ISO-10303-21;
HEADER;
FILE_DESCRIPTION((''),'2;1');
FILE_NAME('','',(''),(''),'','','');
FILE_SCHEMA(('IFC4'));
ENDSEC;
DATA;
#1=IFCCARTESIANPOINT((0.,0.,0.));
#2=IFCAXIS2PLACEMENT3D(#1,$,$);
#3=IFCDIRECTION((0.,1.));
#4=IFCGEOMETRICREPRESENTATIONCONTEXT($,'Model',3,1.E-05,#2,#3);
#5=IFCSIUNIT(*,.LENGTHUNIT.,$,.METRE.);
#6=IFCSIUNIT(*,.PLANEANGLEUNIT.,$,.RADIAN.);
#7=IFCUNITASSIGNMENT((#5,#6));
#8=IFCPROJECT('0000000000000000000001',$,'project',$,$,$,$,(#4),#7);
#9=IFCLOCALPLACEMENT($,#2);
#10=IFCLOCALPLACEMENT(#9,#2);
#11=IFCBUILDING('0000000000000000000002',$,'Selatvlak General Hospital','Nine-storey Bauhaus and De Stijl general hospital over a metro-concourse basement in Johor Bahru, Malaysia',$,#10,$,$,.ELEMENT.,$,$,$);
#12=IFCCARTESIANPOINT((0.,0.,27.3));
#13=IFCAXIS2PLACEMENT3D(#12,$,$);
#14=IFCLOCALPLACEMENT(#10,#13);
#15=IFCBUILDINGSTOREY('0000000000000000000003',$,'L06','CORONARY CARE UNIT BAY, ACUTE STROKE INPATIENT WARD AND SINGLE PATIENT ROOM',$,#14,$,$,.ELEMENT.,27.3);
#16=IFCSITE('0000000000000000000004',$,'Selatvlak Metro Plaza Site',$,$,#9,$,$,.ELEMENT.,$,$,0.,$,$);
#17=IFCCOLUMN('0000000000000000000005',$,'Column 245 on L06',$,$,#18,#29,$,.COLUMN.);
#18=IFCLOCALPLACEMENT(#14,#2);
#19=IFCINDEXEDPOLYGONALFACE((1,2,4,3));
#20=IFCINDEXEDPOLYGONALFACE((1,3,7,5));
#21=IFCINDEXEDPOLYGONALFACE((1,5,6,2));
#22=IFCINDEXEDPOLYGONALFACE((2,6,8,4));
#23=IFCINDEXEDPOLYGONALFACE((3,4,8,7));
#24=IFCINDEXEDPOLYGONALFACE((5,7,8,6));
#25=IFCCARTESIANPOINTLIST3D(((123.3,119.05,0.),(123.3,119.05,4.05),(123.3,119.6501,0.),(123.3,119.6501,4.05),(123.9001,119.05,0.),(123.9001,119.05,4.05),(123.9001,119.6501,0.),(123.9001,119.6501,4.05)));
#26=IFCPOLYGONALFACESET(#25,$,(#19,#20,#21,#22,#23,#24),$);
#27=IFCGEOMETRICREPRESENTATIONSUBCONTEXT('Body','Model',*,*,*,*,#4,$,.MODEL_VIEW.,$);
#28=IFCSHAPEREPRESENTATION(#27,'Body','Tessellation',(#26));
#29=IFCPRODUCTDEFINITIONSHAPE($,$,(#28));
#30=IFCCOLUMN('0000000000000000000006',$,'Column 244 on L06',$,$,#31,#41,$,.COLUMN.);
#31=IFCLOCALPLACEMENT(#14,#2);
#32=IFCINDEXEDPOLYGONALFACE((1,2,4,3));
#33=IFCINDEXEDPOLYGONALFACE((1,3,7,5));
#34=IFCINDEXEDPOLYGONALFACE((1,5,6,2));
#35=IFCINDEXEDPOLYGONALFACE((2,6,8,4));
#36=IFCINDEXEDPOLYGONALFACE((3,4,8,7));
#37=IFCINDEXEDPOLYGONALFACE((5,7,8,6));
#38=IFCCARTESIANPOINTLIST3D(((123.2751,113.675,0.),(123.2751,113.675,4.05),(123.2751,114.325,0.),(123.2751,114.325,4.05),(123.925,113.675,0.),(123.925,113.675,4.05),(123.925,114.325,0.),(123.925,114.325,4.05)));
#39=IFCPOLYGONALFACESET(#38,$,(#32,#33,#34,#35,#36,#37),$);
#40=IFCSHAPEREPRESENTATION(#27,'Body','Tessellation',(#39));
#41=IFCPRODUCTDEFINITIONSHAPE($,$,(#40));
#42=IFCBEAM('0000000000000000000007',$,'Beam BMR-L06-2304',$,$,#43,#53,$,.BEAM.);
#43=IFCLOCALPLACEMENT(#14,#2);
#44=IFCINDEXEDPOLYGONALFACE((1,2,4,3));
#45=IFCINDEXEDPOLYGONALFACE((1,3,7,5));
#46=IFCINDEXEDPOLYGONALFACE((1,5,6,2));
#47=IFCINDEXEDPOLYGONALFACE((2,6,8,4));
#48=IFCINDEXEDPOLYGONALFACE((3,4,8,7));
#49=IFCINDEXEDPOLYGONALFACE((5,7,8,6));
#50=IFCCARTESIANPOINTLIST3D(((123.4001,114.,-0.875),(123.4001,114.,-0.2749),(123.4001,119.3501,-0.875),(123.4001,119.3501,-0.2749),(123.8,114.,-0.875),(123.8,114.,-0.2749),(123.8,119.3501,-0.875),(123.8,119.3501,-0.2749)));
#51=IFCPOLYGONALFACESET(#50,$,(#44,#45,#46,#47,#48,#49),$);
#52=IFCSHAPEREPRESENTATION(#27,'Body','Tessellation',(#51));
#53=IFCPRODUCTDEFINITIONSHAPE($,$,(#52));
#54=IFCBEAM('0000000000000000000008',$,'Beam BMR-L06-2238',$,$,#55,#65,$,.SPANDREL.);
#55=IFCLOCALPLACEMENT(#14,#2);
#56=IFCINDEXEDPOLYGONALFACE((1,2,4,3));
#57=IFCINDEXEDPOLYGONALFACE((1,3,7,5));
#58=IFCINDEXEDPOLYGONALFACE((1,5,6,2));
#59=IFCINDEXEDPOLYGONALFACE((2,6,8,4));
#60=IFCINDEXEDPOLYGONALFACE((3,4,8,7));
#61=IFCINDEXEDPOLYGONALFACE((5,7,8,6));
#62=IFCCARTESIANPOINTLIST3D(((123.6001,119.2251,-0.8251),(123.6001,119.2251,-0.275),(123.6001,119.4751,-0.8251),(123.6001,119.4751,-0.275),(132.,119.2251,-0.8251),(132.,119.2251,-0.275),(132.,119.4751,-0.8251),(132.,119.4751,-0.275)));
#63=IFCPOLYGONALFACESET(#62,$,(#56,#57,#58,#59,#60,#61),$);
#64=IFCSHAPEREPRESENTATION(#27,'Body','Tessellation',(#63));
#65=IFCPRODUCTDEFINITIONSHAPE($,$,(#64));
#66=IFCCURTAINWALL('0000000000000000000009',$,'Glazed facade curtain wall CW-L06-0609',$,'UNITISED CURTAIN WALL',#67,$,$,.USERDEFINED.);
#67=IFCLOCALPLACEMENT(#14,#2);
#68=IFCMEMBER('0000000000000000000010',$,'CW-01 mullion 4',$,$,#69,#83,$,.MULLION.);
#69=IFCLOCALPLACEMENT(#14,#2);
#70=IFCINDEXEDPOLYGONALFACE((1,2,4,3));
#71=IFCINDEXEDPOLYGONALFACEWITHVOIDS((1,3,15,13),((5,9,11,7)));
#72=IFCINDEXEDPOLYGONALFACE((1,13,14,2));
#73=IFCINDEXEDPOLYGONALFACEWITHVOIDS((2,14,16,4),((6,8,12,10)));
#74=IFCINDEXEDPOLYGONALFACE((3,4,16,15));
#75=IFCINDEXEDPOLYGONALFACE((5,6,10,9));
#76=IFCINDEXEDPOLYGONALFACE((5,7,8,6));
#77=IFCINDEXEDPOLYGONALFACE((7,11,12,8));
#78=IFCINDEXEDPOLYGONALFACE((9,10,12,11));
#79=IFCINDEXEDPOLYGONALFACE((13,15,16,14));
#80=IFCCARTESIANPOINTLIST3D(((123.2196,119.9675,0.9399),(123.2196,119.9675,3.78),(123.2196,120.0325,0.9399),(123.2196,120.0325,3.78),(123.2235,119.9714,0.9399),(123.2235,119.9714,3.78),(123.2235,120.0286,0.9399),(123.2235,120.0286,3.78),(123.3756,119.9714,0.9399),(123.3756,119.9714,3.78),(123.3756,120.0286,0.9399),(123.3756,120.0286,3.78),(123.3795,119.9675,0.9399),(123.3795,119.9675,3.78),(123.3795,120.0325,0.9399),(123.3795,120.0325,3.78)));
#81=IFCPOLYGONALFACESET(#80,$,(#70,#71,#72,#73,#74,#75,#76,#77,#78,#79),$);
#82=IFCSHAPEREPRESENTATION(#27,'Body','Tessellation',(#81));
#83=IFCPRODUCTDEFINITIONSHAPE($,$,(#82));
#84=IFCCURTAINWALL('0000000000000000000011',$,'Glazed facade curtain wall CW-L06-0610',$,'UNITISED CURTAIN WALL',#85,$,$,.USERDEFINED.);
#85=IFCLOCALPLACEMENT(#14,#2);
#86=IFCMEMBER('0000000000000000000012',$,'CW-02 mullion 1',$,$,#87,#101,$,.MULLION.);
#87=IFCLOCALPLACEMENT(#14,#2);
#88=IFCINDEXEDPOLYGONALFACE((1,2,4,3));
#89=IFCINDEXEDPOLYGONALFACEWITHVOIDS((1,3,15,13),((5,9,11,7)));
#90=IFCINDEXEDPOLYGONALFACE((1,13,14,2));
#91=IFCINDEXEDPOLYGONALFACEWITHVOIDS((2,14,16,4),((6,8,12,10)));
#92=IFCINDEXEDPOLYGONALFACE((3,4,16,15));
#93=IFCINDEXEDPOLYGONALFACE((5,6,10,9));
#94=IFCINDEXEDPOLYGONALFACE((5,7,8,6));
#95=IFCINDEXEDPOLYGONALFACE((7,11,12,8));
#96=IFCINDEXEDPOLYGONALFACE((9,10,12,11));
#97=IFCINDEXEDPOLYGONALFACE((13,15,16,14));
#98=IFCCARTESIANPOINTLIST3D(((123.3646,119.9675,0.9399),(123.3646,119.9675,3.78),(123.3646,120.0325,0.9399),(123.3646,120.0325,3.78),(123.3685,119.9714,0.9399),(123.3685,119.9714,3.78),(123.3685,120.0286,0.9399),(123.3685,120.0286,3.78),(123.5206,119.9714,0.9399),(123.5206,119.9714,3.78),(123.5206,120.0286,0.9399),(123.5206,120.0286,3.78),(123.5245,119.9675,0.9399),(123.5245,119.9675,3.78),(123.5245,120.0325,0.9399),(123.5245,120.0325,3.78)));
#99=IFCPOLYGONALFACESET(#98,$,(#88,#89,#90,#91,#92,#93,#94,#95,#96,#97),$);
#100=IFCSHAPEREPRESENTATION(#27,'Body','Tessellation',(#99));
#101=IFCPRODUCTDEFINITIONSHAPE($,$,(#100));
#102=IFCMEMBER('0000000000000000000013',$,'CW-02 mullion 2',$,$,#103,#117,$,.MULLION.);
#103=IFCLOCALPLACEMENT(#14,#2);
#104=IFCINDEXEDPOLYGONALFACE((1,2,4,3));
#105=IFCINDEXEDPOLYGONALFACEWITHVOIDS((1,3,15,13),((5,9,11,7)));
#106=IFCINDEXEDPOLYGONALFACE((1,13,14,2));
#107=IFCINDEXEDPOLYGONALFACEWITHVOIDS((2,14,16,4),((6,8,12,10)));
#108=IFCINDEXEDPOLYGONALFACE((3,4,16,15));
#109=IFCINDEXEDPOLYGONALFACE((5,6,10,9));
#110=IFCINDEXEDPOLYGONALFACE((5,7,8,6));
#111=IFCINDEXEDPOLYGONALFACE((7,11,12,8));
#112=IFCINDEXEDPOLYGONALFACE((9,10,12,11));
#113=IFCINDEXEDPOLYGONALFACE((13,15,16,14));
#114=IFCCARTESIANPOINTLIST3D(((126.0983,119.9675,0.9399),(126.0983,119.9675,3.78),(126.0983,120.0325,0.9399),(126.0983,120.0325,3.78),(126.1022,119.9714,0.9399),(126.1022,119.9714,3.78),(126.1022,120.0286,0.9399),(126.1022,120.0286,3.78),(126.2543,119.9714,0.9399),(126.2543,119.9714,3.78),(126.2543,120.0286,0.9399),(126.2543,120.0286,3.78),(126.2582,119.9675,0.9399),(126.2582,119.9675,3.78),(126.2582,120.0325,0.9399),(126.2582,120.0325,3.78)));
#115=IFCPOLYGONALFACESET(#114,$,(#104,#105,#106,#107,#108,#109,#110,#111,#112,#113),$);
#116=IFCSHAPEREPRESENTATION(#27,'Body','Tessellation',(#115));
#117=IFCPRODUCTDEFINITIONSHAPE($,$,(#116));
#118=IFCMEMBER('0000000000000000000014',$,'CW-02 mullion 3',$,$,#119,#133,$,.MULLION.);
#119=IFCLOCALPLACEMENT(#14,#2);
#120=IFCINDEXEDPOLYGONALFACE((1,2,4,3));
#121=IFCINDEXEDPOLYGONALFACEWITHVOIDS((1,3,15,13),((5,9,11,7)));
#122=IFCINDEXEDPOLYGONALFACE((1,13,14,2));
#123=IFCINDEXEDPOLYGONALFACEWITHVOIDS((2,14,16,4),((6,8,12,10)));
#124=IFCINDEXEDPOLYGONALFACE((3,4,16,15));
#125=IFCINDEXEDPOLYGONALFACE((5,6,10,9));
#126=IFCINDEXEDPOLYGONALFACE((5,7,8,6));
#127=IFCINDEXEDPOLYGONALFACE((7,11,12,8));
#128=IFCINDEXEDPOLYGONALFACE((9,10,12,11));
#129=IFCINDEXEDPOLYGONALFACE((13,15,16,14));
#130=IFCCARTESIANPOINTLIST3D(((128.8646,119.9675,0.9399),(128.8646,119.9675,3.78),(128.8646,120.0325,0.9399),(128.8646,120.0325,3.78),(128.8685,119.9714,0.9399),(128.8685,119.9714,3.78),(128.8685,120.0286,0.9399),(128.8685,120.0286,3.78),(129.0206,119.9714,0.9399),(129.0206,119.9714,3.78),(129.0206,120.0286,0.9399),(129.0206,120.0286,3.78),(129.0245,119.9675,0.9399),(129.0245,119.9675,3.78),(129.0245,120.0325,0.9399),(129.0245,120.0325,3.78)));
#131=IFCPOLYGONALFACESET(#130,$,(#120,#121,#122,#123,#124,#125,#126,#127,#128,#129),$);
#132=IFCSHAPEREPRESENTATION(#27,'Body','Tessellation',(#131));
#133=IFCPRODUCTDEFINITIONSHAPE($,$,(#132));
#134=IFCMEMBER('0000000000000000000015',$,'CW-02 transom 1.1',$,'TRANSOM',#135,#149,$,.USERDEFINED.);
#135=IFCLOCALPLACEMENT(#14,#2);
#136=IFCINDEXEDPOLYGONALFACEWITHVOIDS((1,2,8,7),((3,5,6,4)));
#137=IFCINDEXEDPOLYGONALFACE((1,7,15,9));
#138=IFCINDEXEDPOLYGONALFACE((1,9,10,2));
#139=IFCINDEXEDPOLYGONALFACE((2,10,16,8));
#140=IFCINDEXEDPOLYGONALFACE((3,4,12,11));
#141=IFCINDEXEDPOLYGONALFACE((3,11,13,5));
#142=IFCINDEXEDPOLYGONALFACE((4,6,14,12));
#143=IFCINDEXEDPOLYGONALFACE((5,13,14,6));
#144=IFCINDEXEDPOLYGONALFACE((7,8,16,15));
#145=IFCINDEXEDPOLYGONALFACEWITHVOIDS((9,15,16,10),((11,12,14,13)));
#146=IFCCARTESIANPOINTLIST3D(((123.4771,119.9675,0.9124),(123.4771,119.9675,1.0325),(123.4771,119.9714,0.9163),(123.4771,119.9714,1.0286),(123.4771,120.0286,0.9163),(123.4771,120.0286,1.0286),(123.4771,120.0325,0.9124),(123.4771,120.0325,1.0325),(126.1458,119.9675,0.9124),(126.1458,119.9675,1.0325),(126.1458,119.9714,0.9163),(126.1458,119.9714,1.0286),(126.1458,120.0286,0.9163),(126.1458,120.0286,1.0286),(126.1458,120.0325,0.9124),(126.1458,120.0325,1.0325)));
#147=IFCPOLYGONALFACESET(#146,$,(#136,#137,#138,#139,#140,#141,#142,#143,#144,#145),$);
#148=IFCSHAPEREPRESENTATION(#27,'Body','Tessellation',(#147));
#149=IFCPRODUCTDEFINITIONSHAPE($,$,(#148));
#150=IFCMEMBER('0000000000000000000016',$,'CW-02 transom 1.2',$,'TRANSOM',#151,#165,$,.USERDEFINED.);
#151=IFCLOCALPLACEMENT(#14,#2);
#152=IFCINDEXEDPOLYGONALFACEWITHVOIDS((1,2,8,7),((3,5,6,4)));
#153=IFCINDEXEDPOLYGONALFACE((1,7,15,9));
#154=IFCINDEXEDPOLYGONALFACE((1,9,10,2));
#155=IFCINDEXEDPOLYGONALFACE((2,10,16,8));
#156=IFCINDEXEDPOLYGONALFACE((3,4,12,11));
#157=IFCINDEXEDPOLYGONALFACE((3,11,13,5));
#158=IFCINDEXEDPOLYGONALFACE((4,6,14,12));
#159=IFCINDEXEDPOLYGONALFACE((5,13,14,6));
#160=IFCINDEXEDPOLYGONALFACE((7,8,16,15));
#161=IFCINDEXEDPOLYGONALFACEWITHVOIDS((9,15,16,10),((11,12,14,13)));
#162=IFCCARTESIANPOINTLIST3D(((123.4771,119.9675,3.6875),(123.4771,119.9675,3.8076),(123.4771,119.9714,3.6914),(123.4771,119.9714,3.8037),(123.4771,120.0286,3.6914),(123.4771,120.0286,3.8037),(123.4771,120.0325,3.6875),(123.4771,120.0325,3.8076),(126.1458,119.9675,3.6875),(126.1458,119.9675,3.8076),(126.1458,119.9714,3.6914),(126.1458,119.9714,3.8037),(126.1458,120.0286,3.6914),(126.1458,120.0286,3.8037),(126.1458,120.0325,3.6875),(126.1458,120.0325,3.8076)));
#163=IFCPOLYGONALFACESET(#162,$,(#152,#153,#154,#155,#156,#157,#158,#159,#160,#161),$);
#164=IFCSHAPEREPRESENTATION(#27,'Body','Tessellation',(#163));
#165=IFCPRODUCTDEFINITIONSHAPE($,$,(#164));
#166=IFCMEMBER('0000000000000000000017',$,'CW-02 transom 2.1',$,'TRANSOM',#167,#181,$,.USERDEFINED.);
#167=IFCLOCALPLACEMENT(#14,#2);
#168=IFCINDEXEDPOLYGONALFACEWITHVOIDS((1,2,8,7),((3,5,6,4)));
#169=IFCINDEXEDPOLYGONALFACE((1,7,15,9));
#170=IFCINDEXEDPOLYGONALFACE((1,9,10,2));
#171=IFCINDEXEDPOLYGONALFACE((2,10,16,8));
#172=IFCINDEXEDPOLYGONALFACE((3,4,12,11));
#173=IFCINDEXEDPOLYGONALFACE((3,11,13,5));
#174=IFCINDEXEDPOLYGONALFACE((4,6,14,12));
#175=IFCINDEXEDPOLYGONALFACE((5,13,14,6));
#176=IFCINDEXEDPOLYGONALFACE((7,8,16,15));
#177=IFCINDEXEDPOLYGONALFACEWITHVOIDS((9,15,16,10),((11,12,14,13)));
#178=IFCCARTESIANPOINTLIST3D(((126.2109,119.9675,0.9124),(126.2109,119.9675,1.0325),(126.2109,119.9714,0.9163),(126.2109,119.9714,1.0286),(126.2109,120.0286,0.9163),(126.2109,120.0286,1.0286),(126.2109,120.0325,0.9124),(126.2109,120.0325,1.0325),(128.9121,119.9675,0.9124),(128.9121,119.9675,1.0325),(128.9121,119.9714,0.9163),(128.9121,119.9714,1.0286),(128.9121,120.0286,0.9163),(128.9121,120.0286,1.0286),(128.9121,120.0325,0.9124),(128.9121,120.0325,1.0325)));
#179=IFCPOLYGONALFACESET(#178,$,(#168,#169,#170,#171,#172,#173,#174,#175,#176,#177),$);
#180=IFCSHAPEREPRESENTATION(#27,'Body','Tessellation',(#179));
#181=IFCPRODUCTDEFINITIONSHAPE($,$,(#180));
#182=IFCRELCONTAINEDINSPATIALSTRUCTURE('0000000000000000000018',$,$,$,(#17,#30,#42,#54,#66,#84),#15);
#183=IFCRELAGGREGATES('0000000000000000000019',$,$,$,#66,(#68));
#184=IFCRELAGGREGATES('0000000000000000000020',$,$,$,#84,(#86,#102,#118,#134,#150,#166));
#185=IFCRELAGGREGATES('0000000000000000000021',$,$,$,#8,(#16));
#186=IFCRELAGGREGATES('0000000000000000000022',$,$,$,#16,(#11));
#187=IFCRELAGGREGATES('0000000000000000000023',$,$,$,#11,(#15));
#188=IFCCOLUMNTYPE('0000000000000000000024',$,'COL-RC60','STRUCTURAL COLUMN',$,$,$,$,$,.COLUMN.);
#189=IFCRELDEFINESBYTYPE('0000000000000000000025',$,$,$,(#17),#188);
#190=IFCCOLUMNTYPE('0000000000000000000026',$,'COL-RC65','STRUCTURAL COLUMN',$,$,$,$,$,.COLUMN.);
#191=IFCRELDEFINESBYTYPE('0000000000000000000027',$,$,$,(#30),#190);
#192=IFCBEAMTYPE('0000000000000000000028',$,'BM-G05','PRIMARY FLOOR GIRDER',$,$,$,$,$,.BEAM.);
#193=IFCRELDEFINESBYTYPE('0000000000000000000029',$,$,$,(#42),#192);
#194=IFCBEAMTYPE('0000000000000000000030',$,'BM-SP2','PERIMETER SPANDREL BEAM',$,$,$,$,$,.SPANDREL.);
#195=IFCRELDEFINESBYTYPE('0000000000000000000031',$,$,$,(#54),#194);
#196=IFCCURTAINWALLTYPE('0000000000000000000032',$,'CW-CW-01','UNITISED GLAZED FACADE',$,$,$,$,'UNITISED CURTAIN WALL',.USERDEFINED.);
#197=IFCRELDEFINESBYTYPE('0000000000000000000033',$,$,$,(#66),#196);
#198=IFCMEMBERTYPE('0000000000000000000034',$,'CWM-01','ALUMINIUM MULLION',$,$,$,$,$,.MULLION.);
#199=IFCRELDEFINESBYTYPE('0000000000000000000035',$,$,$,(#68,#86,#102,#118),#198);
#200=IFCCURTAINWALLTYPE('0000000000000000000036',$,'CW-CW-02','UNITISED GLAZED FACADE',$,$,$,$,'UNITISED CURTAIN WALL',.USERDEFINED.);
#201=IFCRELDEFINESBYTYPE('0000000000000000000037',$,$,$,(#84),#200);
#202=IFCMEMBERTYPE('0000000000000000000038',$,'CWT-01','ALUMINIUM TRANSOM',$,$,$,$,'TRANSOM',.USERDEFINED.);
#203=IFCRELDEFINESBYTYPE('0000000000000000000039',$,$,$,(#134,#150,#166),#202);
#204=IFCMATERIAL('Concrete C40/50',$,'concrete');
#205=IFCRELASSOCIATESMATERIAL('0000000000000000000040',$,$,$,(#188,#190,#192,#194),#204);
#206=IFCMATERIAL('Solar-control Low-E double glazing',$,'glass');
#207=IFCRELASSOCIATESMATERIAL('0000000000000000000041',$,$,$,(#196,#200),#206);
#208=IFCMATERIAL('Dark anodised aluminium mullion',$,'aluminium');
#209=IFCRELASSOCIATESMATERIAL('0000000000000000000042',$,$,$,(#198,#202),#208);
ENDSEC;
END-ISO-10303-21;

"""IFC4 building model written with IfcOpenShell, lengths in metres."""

from ifc_helpers import new_model, si_unit, direction, frame, origin, origin_2d, place, context, subcontext, project, spatial, rectangle, hollow_rectangle, extrude, material, material_profile, profile_set, type_object, element, aggregate, save


model = new_model("IFC4")

# Units and contexts
model_context = context("Model", 3, precision=1e-05, world=origin(), true_north=direction((0.0, 1.0)))
body_context = subcontext(model_context, "Body", "Model", "MODEL_VIEW")
ifc_project = project(units=[si_unit("LENGTHUNIT", "METRE"), si_unit("PLANEANGLEUNIT", "RADIAN")], contexts=[model_context])

# Site, building, storey
site_placement = place(None, origin())
site = spatial("IfcSite", under=ifc_project, at=site_placement, Name="Selatvlak Metro Plaza Site", CompositionType="ELEMENT", RefElevation=0.0)
building_placement = place(site_placement, origin())
building = spatial("IfcBuilding", under=site, at=building_placement, Name="Selatvlak General Hospital", Description="Nine-storey Bauhaus and De Stijl general hospital over a metro-concourse basement in Johor Bahru, Malaysia", CompositionType="ELEMENT")
storey_placement = place(building_placement, frame((0.0, 0.0, 27.3)))
storey = spatial("IfcBuildingStorey", under=building, at=storey_placement, Name="L06", Description="CORONARY CARE UNIT BAY, ACUTE STROKE INPATIENT WARD AND SINGLE PATIENT ROOM", CompositionType="ELEMENT", Elevation=27.3)

# Columns
ifc_material_1 = material(Name="Concrete C40/50", Category="concrete")
ifc_material_profile_1 = material_profile(ifc_material_1, rectangle(XDim=0.6001, YDim=0.6001, at=origin_2d()), Name="RC-COL 600x600")
ifc_profile_set_1 = profile_set([ifc_material_profile_1], Name="Concrete C40/50")
column_type_1 = type_object("IfcColumnType", Name="COL-RC60", Description="STRUCTURAL COLUMN", PredefinedType="COLUMN", material=ifc_profile_set_1)
column_1_placement = place(storey_placement, frame((123.6001, 119.3501, 0.0), z_axis=(0.0, 0.0, 1.0), x_axis=(1.0, 0.0, 0.0)))
element("IfcColumn", 1, at=column_1_placement, inside=storey, type_object=column_type_1, Name="Column 245 on L06", PredefinedType="COLUMN", context=body_context, shape_type="SweptSolid", body=[
    extrude(rectangle(XDim=0.6001, YDim=0.6001, at=origin_2d()), origin(), (0.0, 0.0, 1.0), 4.05),
])
ifc_material_profile_2 = material_profile(ifc_material_1, rectangle(XDim=0.6499, YDim=0.6499, at=origin_2d()), Name="RC-COL 650x650")
ifc_profile_set_2 = profile_set([ifc_material_profile_2], Name="Concrete C40/50")
column_type_2 = type_object("IfcColumnType", Name="COL-RC65", Description="STRUCTURAL COLUMN", PredefinedType="COLUMN", material=ifc_profile_set_2)
column_2_placement = place(storey_placement, frame((123.6001, 114.0, 0.0), z_axis=(0.0, 0.0, 1.0), x_axis=(1.0, 0.0, 0.0)))
element("IfcColumn", 2, at=column_2_placement, inside=storey, type_object=column_type_2, Name="Column 244 on L06", PredefinedType="COLUMN", context=body_context, shape_type="SweptSolid", body=[
    extrude(rectangle(XDim=0.6499, YDim=0.6499, at=origin_2d()), origin(), (0.0, 0.0, 1.0), 4.05),
])

# Beams
ifc_material_profile_3 = material_profile(ifc_material_1, rectangle(XDim=0.3999, YDim=0.6001, at=origin_2d()), Name="RC-BM 400x600")
ifc_profile_set_3 = profile_set([ifc_material_profile_3], Name="Concrete C40/50")
beam_type_1 = type_object("IfcBeamType", Name="BM-G05", Description="PRIMARY FLOOR GIRDER", PredefinedType="BEAM", material=ifc_profile_set_3)
beam_1_placement = place(storey_placement, frame((123.6001, 114.0, -0.575), z_axis=(0.0, 1.0, 0.0), x_axis=(-1.0, 0.0, 0.0)))
element("IfcBeam", 3, at=beam_1_placement, inside=storey, type_object=beam_type_1, Name="Beam BMR-L06-2304", PredefinedType="BEAM", context=body_context, shape_type="SweptSolid", body=[
    extrude(rectangle(XDim=0.3999, YDim=0.6001, at=origin_2d()), origin(), (0.0, 0.0, 1.0), 5.3501),
])
ifc_material_profile_4 = material_profile(ifc_material_1, rectangle(XDim=0.25, YDim=0.55, at=origin_2d()), Name="RC-SP 250x550")
ifc_profile_set_4 = profile_set([ifc_material_profile_4], Name="Concrete C40/50")
beam_type_2 = type_object("IfcBeamType", Name="BM-SP2", Description="PERIMETER SPANDREL BEAM", PredefinedType="SPANDREL", material=ifc_profile_set_4)
beam_2_placement = place(storey_placement, frame((123.6001, 119.3501, -0.55), z_axis=(1.0, 0.0, 0.0), x_axis=(0.0, 1.0, 0.0)))
element("IfcBeam", 4, at=beam_2_placement, inside=storey, type_object=beam_type_2, Name="Beam BMR-L06-2238", PredefinedType="SPANDREL", context=body_context, shape_type="SweptSolid", body=[
    extrude(rectangle(XDim=0.25, YDim=0.55, at=origin_2d()), origin(), (0.0, 0.0, 1.0), 8.3999),
])

# Curtain wall, member
ifc_material_2 = material(Name="Solar-control Low-E double glazing", Category="glass")
curtain_wall_type_1 = type_object("IfcCurtainWallType", Name="CW-CW-01", Description="UNITISED GLAZED FACADE", ElementType="UNITISED CURTAIN WALL", PredefinedType="USERDEFINED", material=ifc_material_2)
curtain_wall_1_placement = place(storey_placement, origin())
curtain_wall_1 = element("IfcCurtainWall", 5, at=curtain_wall_1_placement, inside=storey, type_object=curtain_wall_type_1, Name="Glazed facade curtain wall CW-L06-0609", ObjectType="UNITISED CURTAIN WALL", PredefinedType="USERDEFINED")
ifc_material_3 = material(Name="Dark anodised aluminium mullion", Category="aluminium")
ifc_material_profile_5 = material_profile(ifc_material_3, hollow_rectangle(XDim=0.0649, YDim=0.1599, WallThickness=0.0039, at=origin_2d()), Name="AL-MUL 65x160x4")
ifc_profile_set_5 = profile_set([ifc_material_profile_5], Name="Dark anodised aluminium mullion")
member_type_1 = type_object("IfcMemberType", Name="CWM-01", Description="ALUMINIUM MULLION", PredefinedType="MULLION", material=ifc_profile_set_5)
member_1_placement = place(storey_placement, frame((123.2996, 120.0, 0.9399), z_axis=(0.0, 0.0, 1.0), x_axis=(0.0, 1.0, 0.0)))
member_1 = element("IfcMember", 6, at=member_1_placement, type_object=member_type_1, Name="CW-01 mullion 4", PredefinedType="MULLION", context=body_context, shape_type="SweptSolid", body=[
    extrude(hollow_rectangle(XDim=0.0649, YDim=0.1599, WallThickness=0.0039, at=origin_2d()), origin(), (0.0, 0.0, 1.0), 2.8401),
])
aggregate(curtain_wall_1, [member_1])

# Curtain wall, members
curtain_wall_type_2 = type_object("IfcCurtainWallType", Name="CW-CW-02", Description="UNITISED GLAZED FACADE", ElementType="UNITISED CURTAIN WALL", PredefinedType="USERDEFINED", material=ifc_material_2)
curtain_wall_2_placement = place(storey_placement, origin())
curtain_wall_2 = element("IfcCurtainWall", 7, at=curtain_wall_2_placement, inside=storey, type_object=curtain_wall_type_2, Name="Glazed facade curtain wall CW-L06-0610", ObjectType="UNITISED CURTAIN WALL", PredefinedType="USERDEFINED")
member_2_placement = place(storey_placement, frame((123.4446, 120.0, 0.9399), z_axis=(0.0, 0.0, 1.0), x_axis=(0.0, 1.0, 0.0)))
member_2 = element("IfcMember", 8, at=member_2_placement, type_object=member_type_1, Name="CW-02 mullion 1", PredefinedType="MULLION", context=body_context, shape_type="SweptSolid", body=[
    extrude(hollow_rectangle(XDim=0.0649, YDim=0.1599, WallThickness=0.0039, at=origin_2d()), origin(), (0.0, 0.0, 1.0), 2.8401),
])
member_3_placement = place(storey_placement, frame((126.1782, 120.0, 0.9399), z_axis=(0.0, 0.0, 1.0), x_axis=(0.0, 1.0, 0.0)))
member_3 = element("IfcMember", 9, at=member_3_placement, type_object=member_type_1, Name="CW-02 mullion 2", PredefinedType="MULLION", context=body_context, shape_type="SweptSolid", body=[
    extrude(hollow_rectangle(XDim=0.0649, YDim=0.1599, WallThickness=0.0039, at=origin_2d()), origin(), (0.0, 0.0, 1.0), 2.8401),
])
member_4_placement = place(storey_placement, frame((128.9446, 120.0, 0.9399), z_axis=(0.0, 0.0, 1.0), x_axis=(0.0, 1.0, 0.0)))
member_4 = element("IfcMember", 10, at=member_4_placement, type_object=member_type_1, Name="CW-02 mullion 3", PredefinedType="MULLION", context=body_context, shape_type="SweptSolid", body=[
    extrude(hollow_rectangle(XDim=0.0649, YDim=0.1599, WallThickness=0.0039, at=origin_2d()), origin(), (0.0, 0.0, 1.0), 2.8401),
])
ifc_material_profile_6 = material_profile(ifc_material_3, hollow_rectangle(XDim=0.0649, YDim=0.1201, WallThickness=0.0039, at=origin_2d()), Name="AL-TRN 65x120x4")
ifc_profile_set_6 = profile_set([ifc_material_profile_6], Name="Dark anodised aluminium mullion")
member_type_2 = type_object("IfcMemberType", Name="CWT-01", Description="ALUMINIUM TRANSOM", ElementType="TRANSOM", PredefinedType="USERDEFINED", material=ifc_profile_set_6)
member_5_placement = place(storey_placement, frame((123.4771, 120.0, 0.9724), z_axis=(1.0, 0.0, 0.0), x_axis=(0.0, 1.0, 0.0)))
member_5 = element("IfcMember", 11, at=member_5_placement, type_object=member_type_2, Name="CW-02 transom 1.1", ObjectType="TRANSOM", PredefinedType="USERDEFINED", context=body_context, shape_type="SweptSolid", body=[
    extrude(hollow_rectangle(XDim=0.0649, YDim=0.1201, WallThickness=0.0039, at=origin_2d()), origin(), (0.0, 0.0, 1.0), 2.6687),
])
member_6_placement = place(storey_placement, frame((123.4771, 120.0, 3.7476), z_axis=(1.0, 0.0, 0.0), x_axis=(0.0, 1.0, 0.0)))
member_6 = element("IfcMember", 12, at=member_6_placement, type_object=member_type_2, Name="CW-02 transom 1.2", ObjectType="TRANSOM", PredefinedType="USERDEFINED", context=body_context, shape_type="SweptSolid", body=[
    extrude(hollow_rectangle(XDim=0.0649, YDim=0.1201, WallThickness=0.0039, at=origin_2d()), origin(), (0.0, 0.0, 1.0), 2.6687),
])
member_7_placement = place(storey_placement, frame((126.2109, 120.0, 0.9724), z_axis=(1.0, 0.0, 0.0), x_axis=(0.0, 1.0, 0.0)))
member_7 = element("IfcMember", 13, at=member_7_placement, type_object=member_type_2, Name="CW-02 transom 2.1", ObjectType="TRANSOM", PredefinedType="USERDEFINED", context=body_context, shape_type="SweptSolid", body=[
    extrude(hollow_rectangle(XDim=0.0649, YDim=0.1201, WallThickness=0.0039, at=origin_2d()), origin(), (0.0, 0.0, 1.0), 2.7012),
])
aggregate(curtain_wall_2, [member_2, member_3, member_4, member_5, member_6, member_7])

save(model, "model.ifc")
